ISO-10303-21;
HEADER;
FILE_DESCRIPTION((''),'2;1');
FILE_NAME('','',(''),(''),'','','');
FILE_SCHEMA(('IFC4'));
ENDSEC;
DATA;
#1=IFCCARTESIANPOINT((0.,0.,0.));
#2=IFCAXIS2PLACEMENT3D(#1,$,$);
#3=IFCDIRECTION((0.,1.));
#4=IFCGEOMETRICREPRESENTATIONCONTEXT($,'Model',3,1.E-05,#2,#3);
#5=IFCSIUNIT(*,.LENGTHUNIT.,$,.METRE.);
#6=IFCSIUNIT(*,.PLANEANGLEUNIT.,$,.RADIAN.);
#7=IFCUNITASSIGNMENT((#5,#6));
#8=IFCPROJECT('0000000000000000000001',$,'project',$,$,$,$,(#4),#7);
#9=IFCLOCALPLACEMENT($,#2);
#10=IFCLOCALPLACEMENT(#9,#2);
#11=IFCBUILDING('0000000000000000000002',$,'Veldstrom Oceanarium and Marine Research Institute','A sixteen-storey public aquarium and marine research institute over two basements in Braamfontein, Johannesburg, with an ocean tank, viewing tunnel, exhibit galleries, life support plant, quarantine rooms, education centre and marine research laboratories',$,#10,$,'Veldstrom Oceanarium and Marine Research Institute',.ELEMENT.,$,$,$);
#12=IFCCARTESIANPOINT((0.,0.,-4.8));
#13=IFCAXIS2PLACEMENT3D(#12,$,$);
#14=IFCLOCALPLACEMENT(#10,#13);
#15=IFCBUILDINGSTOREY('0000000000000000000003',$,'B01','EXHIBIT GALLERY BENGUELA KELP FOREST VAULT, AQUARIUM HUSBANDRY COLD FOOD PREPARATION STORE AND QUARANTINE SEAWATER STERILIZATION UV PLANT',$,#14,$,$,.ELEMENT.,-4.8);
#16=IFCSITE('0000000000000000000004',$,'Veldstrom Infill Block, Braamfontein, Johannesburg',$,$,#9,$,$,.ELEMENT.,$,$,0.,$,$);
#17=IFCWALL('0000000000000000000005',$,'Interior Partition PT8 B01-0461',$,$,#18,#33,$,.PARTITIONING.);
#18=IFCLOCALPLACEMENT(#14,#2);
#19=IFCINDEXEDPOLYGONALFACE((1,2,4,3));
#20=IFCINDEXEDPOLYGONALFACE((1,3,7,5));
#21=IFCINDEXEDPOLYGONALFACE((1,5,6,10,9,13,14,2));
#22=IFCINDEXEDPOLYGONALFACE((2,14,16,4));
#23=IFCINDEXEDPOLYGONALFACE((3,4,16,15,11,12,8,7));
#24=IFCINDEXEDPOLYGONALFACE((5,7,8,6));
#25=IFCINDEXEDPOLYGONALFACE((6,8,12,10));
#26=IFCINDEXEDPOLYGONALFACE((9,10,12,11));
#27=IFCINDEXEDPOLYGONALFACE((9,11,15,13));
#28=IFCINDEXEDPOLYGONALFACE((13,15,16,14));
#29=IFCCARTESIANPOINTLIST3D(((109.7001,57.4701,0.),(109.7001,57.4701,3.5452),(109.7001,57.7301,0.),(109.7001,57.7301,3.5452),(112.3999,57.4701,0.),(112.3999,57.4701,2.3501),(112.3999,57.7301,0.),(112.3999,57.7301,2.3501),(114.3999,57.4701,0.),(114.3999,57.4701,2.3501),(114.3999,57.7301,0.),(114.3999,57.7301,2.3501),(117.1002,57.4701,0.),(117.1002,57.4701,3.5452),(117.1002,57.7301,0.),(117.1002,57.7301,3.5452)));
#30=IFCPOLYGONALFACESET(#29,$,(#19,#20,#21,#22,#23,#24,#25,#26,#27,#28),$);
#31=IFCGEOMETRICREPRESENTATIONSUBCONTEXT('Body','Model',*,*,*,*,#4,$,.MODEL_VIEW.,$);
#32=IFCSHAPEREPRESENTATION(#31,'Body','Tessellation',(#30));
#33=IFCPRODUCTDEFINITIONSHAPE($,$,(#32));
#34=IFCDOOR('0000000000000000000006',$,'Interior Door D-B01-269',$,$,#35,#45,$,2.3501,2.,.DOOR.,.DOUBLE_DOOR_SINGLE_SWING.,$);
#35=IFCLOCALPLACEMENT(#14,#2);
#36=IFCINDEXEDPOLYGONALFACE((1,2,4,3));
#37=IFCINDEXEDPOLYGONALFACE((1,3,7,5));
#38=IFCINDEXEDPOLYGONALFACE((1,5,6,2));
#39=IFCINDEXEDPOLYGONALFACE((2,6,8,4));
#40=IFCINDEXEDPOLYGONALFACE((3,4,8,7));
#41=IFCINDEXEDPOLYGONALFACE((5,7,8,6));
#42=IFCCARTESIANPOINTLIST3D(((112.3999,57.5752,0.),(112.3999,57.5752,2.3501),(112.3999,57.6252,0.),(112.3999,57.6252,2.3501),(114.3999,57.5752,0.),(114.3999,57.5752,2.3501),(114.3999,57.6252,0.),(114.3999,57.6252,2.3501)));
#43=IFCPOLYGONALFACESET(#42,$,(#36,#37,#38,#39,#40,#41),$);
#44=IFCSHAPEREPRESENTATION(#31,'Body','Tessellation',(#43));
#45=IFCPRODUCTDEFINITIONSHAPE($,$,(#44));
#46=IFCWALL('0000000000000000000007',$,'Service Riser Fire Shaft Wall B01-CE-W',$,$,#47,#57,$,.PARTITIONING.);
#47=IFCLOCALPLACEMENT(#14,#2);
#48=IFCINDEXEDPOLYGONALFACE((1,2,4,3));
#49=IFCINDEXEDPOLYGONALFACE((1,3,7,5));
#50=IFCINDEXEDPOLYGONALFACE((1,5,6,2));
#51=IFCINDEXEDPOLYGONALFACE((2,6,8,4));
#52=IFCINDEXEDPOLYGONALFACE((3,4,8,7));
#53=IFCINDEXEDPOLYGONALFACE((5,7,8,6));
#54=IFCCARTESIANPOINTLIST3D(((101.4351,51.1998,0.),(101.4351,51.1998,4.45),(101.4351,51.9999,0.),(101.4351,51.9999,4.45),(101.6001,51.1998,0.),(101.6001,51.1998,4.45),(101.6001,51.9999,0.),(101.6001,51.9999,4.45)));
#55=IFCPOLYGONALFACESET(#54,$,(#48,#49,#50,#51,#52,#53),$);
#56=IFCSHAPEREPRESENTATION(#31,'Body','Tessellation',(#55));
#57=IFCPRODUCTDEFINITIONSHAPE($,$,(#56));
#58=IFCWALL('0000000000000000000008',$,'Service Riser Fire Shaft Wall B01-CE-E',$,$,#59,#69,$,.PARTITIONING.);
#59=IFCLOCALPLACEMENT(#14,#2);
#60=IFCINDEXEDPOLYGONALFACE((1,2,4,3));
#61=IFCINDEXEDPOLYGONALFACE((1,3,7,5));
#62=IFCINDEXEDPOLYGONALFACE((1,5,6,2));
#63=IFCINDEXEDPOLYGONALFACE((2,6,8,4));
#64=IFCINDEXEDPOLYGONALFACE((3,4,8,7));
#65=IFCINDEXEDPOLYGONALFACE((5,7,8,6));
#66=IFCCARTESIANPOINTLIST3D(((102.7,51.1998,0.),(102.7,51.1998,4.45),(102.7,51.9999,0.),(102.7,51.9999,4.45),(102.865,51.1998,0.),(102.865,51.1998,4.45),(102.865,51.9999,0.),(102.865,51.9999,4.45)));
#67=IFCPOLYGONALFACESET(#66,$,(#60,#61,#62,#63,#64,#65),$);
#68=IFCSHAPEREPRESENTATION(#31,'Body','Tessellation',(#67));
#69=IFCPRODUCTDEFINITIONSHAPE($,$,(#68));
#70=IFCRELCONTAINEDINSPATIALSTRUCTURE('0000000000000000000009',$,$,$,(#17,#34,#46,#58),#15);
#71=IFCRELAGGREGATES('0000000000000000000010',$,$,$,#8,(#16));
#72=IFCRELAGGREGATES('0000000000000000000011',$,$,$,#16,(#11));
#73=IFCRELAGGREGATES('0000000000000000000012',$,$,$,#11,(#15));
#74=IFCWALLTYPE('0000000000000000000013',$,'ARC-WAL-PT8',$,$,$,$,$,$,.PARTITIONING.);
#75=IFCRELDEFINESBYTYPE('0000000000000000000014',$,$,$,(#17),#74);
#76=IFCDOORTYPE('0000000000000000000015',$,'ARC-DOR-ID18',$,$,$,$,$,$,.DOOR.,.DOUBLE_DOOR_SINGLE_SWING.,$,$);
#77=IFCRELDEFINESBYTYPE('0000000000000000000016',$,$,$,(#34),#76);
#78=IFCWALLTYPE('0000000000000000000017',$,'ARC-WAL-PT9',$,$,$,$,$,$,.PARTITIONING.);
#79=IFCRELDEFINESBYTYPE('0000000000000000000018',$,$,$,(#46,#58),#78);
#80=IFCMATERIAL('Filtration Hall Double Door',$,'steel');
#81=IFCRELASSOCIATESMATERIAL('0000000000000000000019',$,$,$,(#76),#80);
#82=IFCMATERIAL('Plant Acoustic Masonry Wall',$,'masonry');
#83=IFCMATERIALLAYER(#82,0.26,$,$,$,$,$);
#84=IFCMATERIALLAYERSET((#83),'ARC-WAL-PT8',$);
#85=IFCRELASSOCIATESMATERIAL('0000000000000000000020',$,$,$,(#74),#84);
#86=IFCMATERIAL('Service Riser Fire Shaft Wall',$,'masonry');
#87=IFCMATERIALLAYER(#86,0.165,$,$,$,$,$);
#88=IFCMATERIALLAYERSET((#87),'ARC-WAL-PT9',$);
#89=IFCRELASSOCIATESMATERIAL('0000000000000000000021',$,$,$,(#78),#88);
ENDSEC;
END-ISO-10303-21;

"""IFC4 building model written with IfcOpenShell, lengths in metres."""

from ifc_helpers import new_model, si_unit, direction, frame, frame_2d, origin, place, context, subcontext, project, spatial, rectangle, extrude, material, layer, layer_set, type_object, element, fill, save


model = new_model("IFC4")

# Units and contexts
model_context = context("Model", 3, precision=1e-05, world=origin(), true_north=direction((0.0, 1.0)))
body_context = subcontext(model_context, "Body", "Model", "MODEL_VIEW")
ifc_project = project(units=[si_unit("LENGTHUNIT", "METRE"), si_unit("PLANEANGLEUNIT", "RADIAN")], contexts=[model_context])

# Site, building, storey
site_placement = place(None, origin())
site = spatial("IfcSite", under=ifc_project, at=site_placement, Name="Veldstrom Infill Block, Braamfontein, Johannesburg", CompositionType="ELEMENT", RefElevation=0.0)
building_placement = place(site_placement, origin())
building = spatial("IfcBuilding", under=site, at=building_placement, Name="Veldstrom Oceanarium and Marine Research Institute", Description="A sixteen-storey public aquarium and marine research institute over two basements in Braamfontein, Johannesburg, with an ocean tank, viewing tunnel, exhibit galleries, life support plant, quarantine rooms, education centre and marine research laboratories", LongName="Veldstrom Oceanarium and Marine Research Institute", CompositionType="ELEMENT")
storey_placement = place(building_placement, frame((0.0, 0.0, -4.8)))
storey = spatial("IfcBuildingStorey", under=building, at=storey_placement, Name="B01", Description="EXHIBIT GALLERY BENGUELA KELP FOREST VAULT, AQUARIUM HUSBANDRY COLD FOOD PREPARATION STORE AND QUARANTINE SEAWATER STERILIZATION UV PLANT", CompositionType="ELEMENT", Elevation=-4.8)

# Shared definitions
ifc_material_1 = material(Name="Filtration Hall Double Door", Category="steel")
door_type_1 = type_object("IfcDoorType", Name="ARC-DOR-ID18", OperationType="DOUBLE_DOOR_SINGLE_SWING", PredefinedType="DOOR", material=ifc_material_1)

# Wall, opening, door
ifc_material_2 = material(Name="Plant Acoustic Masonry Wall", Category="masonry")
ifc_layer_1 = layer(ifc_material_2, 0.26)
ifc_layer_set_1 = layer_set([ifc_layer_1], Name="ARC-WAL-PT8")
wall_type_1 = type_object("IfcWallType", Name="ARC-WAL-PT8", PredefinedType="PARTITIONING", material=ifc_layer_set_1)
wall_1_placement = place(storey_placement, frame((109.7, 57.6001, 0.0), z_axis=(0.0, 0.0, 1.0), x_axis=(1.0, 0.0, 0.0)))
wall_1 = element("IfcWall", 1, at=wall_1_placement, inside=storey, type_object=wall_type_1, Name="Interior Partition PT8 B01-0461", PredefinedType="PARTITIONING", context=body_context, shape_type="SweptSolid", body=[
    extrude(rectangle(XDim=7.4001, YDim=0.26, at=frame_2d((3.7002, 0.0))), origin(), (0.0, 0.0, 1.0), 3.5452),
])
opening_1_placement = place(wall_1_placement, frame((2.7, 0.0, 0.0)))
opening_1 = element("IfcOpeningElement", 2, at=opening_1_placement, cuts=wall_1, PredefinedType="OPENING", context=body_context, shape_type="SweptSolid", body=[
    extrude(rectangle(XDim=2.0, YDim=2.3501, at=frame_2d((1.0, 1.175))), frame((0.0, 0.1399, 0.0), z_axis=(0.0, -1.0, 0.0), x_axis=(1.0, 0.0, 0.0)), (0.0, 0.0, 1.0), 0.28),
])
door_1_placement = place(opening_1_placement, frame((2.0, 0.0, 0.0), z_axis=(0.0, 0.0, 1.0), x_axis=(-1.0, 0.0, 0.0)))
door_1 = element("IfcDoor", 3, at=door_1_placement, inside=storey, type_object=door_type_1, Name="Interior Door D-B01-269", OperationType="DOUBLE_DOOR_SINGLE_SWING", OverallHeight=2.3501, OverallWidth=2.0, PredefinedType="DOOR", context=body_context, shape_type="SweptSolid", body=[
    extrude(rectangle(XDim=2.0, YDim=2.3501, at=frame_2d((1.0, 1.175))), frame((0.0, 0.0249, 0.0), z_axis=(0.0, -1.0, 0.0), x_axis=(1.0, 0.0, 0.0)), (0.0, 0.0, 1.0), 0.05),
])
fill(opening_1, door_1)

# Walls
ifc_material_3 = material(Name="Service Riser Fire Shaft Wall", Category="masonry")
ifc_layer_2 = layer(ifc_material_3, 0.165)
ifc_layer_set_2 = layer_set([ifc_layer_2], Name="ARC-WAL-PT9")
wall_type_2 = type_object("IfcWallType", Name="ARC-WAL-PT9", PredefinedType="PARTITIONING", material=ifc_layer_set_2)
for number, where, z_axis, x_axis, name in (
    (4, (101.5176, 51.2, 0.0), (0.0, 0.0, 1.0), (0.0, 1.0, 0.0), "Service Riser Fire Shaft Wall B01-CE-W"),
    (5, (102.7825, 51.2, 0.0), (0.0, 0.0, 1.0), (0.0, 1.0, 0.0), "Service Riser Fire Shaft Wall B01-CE-E"),
):
    element("IfcWall", number, at=place(storey_placement, frame(where, z_axis=z_axis, x_axis=x_axis)), inside=storey, type_object=wall_type_2, Name=name, PredefinedType="PARTITIONING", context=body_context, shape_type="SweptSolid", body=[
        extrude(rectangle(XDim=0.8, YDim=0.165, at=frame_2d((0.3999, 0.0))), origin(), (0.0, 0.0, 1.0), 4.45),
    ])

save(model, "model.ifc")
